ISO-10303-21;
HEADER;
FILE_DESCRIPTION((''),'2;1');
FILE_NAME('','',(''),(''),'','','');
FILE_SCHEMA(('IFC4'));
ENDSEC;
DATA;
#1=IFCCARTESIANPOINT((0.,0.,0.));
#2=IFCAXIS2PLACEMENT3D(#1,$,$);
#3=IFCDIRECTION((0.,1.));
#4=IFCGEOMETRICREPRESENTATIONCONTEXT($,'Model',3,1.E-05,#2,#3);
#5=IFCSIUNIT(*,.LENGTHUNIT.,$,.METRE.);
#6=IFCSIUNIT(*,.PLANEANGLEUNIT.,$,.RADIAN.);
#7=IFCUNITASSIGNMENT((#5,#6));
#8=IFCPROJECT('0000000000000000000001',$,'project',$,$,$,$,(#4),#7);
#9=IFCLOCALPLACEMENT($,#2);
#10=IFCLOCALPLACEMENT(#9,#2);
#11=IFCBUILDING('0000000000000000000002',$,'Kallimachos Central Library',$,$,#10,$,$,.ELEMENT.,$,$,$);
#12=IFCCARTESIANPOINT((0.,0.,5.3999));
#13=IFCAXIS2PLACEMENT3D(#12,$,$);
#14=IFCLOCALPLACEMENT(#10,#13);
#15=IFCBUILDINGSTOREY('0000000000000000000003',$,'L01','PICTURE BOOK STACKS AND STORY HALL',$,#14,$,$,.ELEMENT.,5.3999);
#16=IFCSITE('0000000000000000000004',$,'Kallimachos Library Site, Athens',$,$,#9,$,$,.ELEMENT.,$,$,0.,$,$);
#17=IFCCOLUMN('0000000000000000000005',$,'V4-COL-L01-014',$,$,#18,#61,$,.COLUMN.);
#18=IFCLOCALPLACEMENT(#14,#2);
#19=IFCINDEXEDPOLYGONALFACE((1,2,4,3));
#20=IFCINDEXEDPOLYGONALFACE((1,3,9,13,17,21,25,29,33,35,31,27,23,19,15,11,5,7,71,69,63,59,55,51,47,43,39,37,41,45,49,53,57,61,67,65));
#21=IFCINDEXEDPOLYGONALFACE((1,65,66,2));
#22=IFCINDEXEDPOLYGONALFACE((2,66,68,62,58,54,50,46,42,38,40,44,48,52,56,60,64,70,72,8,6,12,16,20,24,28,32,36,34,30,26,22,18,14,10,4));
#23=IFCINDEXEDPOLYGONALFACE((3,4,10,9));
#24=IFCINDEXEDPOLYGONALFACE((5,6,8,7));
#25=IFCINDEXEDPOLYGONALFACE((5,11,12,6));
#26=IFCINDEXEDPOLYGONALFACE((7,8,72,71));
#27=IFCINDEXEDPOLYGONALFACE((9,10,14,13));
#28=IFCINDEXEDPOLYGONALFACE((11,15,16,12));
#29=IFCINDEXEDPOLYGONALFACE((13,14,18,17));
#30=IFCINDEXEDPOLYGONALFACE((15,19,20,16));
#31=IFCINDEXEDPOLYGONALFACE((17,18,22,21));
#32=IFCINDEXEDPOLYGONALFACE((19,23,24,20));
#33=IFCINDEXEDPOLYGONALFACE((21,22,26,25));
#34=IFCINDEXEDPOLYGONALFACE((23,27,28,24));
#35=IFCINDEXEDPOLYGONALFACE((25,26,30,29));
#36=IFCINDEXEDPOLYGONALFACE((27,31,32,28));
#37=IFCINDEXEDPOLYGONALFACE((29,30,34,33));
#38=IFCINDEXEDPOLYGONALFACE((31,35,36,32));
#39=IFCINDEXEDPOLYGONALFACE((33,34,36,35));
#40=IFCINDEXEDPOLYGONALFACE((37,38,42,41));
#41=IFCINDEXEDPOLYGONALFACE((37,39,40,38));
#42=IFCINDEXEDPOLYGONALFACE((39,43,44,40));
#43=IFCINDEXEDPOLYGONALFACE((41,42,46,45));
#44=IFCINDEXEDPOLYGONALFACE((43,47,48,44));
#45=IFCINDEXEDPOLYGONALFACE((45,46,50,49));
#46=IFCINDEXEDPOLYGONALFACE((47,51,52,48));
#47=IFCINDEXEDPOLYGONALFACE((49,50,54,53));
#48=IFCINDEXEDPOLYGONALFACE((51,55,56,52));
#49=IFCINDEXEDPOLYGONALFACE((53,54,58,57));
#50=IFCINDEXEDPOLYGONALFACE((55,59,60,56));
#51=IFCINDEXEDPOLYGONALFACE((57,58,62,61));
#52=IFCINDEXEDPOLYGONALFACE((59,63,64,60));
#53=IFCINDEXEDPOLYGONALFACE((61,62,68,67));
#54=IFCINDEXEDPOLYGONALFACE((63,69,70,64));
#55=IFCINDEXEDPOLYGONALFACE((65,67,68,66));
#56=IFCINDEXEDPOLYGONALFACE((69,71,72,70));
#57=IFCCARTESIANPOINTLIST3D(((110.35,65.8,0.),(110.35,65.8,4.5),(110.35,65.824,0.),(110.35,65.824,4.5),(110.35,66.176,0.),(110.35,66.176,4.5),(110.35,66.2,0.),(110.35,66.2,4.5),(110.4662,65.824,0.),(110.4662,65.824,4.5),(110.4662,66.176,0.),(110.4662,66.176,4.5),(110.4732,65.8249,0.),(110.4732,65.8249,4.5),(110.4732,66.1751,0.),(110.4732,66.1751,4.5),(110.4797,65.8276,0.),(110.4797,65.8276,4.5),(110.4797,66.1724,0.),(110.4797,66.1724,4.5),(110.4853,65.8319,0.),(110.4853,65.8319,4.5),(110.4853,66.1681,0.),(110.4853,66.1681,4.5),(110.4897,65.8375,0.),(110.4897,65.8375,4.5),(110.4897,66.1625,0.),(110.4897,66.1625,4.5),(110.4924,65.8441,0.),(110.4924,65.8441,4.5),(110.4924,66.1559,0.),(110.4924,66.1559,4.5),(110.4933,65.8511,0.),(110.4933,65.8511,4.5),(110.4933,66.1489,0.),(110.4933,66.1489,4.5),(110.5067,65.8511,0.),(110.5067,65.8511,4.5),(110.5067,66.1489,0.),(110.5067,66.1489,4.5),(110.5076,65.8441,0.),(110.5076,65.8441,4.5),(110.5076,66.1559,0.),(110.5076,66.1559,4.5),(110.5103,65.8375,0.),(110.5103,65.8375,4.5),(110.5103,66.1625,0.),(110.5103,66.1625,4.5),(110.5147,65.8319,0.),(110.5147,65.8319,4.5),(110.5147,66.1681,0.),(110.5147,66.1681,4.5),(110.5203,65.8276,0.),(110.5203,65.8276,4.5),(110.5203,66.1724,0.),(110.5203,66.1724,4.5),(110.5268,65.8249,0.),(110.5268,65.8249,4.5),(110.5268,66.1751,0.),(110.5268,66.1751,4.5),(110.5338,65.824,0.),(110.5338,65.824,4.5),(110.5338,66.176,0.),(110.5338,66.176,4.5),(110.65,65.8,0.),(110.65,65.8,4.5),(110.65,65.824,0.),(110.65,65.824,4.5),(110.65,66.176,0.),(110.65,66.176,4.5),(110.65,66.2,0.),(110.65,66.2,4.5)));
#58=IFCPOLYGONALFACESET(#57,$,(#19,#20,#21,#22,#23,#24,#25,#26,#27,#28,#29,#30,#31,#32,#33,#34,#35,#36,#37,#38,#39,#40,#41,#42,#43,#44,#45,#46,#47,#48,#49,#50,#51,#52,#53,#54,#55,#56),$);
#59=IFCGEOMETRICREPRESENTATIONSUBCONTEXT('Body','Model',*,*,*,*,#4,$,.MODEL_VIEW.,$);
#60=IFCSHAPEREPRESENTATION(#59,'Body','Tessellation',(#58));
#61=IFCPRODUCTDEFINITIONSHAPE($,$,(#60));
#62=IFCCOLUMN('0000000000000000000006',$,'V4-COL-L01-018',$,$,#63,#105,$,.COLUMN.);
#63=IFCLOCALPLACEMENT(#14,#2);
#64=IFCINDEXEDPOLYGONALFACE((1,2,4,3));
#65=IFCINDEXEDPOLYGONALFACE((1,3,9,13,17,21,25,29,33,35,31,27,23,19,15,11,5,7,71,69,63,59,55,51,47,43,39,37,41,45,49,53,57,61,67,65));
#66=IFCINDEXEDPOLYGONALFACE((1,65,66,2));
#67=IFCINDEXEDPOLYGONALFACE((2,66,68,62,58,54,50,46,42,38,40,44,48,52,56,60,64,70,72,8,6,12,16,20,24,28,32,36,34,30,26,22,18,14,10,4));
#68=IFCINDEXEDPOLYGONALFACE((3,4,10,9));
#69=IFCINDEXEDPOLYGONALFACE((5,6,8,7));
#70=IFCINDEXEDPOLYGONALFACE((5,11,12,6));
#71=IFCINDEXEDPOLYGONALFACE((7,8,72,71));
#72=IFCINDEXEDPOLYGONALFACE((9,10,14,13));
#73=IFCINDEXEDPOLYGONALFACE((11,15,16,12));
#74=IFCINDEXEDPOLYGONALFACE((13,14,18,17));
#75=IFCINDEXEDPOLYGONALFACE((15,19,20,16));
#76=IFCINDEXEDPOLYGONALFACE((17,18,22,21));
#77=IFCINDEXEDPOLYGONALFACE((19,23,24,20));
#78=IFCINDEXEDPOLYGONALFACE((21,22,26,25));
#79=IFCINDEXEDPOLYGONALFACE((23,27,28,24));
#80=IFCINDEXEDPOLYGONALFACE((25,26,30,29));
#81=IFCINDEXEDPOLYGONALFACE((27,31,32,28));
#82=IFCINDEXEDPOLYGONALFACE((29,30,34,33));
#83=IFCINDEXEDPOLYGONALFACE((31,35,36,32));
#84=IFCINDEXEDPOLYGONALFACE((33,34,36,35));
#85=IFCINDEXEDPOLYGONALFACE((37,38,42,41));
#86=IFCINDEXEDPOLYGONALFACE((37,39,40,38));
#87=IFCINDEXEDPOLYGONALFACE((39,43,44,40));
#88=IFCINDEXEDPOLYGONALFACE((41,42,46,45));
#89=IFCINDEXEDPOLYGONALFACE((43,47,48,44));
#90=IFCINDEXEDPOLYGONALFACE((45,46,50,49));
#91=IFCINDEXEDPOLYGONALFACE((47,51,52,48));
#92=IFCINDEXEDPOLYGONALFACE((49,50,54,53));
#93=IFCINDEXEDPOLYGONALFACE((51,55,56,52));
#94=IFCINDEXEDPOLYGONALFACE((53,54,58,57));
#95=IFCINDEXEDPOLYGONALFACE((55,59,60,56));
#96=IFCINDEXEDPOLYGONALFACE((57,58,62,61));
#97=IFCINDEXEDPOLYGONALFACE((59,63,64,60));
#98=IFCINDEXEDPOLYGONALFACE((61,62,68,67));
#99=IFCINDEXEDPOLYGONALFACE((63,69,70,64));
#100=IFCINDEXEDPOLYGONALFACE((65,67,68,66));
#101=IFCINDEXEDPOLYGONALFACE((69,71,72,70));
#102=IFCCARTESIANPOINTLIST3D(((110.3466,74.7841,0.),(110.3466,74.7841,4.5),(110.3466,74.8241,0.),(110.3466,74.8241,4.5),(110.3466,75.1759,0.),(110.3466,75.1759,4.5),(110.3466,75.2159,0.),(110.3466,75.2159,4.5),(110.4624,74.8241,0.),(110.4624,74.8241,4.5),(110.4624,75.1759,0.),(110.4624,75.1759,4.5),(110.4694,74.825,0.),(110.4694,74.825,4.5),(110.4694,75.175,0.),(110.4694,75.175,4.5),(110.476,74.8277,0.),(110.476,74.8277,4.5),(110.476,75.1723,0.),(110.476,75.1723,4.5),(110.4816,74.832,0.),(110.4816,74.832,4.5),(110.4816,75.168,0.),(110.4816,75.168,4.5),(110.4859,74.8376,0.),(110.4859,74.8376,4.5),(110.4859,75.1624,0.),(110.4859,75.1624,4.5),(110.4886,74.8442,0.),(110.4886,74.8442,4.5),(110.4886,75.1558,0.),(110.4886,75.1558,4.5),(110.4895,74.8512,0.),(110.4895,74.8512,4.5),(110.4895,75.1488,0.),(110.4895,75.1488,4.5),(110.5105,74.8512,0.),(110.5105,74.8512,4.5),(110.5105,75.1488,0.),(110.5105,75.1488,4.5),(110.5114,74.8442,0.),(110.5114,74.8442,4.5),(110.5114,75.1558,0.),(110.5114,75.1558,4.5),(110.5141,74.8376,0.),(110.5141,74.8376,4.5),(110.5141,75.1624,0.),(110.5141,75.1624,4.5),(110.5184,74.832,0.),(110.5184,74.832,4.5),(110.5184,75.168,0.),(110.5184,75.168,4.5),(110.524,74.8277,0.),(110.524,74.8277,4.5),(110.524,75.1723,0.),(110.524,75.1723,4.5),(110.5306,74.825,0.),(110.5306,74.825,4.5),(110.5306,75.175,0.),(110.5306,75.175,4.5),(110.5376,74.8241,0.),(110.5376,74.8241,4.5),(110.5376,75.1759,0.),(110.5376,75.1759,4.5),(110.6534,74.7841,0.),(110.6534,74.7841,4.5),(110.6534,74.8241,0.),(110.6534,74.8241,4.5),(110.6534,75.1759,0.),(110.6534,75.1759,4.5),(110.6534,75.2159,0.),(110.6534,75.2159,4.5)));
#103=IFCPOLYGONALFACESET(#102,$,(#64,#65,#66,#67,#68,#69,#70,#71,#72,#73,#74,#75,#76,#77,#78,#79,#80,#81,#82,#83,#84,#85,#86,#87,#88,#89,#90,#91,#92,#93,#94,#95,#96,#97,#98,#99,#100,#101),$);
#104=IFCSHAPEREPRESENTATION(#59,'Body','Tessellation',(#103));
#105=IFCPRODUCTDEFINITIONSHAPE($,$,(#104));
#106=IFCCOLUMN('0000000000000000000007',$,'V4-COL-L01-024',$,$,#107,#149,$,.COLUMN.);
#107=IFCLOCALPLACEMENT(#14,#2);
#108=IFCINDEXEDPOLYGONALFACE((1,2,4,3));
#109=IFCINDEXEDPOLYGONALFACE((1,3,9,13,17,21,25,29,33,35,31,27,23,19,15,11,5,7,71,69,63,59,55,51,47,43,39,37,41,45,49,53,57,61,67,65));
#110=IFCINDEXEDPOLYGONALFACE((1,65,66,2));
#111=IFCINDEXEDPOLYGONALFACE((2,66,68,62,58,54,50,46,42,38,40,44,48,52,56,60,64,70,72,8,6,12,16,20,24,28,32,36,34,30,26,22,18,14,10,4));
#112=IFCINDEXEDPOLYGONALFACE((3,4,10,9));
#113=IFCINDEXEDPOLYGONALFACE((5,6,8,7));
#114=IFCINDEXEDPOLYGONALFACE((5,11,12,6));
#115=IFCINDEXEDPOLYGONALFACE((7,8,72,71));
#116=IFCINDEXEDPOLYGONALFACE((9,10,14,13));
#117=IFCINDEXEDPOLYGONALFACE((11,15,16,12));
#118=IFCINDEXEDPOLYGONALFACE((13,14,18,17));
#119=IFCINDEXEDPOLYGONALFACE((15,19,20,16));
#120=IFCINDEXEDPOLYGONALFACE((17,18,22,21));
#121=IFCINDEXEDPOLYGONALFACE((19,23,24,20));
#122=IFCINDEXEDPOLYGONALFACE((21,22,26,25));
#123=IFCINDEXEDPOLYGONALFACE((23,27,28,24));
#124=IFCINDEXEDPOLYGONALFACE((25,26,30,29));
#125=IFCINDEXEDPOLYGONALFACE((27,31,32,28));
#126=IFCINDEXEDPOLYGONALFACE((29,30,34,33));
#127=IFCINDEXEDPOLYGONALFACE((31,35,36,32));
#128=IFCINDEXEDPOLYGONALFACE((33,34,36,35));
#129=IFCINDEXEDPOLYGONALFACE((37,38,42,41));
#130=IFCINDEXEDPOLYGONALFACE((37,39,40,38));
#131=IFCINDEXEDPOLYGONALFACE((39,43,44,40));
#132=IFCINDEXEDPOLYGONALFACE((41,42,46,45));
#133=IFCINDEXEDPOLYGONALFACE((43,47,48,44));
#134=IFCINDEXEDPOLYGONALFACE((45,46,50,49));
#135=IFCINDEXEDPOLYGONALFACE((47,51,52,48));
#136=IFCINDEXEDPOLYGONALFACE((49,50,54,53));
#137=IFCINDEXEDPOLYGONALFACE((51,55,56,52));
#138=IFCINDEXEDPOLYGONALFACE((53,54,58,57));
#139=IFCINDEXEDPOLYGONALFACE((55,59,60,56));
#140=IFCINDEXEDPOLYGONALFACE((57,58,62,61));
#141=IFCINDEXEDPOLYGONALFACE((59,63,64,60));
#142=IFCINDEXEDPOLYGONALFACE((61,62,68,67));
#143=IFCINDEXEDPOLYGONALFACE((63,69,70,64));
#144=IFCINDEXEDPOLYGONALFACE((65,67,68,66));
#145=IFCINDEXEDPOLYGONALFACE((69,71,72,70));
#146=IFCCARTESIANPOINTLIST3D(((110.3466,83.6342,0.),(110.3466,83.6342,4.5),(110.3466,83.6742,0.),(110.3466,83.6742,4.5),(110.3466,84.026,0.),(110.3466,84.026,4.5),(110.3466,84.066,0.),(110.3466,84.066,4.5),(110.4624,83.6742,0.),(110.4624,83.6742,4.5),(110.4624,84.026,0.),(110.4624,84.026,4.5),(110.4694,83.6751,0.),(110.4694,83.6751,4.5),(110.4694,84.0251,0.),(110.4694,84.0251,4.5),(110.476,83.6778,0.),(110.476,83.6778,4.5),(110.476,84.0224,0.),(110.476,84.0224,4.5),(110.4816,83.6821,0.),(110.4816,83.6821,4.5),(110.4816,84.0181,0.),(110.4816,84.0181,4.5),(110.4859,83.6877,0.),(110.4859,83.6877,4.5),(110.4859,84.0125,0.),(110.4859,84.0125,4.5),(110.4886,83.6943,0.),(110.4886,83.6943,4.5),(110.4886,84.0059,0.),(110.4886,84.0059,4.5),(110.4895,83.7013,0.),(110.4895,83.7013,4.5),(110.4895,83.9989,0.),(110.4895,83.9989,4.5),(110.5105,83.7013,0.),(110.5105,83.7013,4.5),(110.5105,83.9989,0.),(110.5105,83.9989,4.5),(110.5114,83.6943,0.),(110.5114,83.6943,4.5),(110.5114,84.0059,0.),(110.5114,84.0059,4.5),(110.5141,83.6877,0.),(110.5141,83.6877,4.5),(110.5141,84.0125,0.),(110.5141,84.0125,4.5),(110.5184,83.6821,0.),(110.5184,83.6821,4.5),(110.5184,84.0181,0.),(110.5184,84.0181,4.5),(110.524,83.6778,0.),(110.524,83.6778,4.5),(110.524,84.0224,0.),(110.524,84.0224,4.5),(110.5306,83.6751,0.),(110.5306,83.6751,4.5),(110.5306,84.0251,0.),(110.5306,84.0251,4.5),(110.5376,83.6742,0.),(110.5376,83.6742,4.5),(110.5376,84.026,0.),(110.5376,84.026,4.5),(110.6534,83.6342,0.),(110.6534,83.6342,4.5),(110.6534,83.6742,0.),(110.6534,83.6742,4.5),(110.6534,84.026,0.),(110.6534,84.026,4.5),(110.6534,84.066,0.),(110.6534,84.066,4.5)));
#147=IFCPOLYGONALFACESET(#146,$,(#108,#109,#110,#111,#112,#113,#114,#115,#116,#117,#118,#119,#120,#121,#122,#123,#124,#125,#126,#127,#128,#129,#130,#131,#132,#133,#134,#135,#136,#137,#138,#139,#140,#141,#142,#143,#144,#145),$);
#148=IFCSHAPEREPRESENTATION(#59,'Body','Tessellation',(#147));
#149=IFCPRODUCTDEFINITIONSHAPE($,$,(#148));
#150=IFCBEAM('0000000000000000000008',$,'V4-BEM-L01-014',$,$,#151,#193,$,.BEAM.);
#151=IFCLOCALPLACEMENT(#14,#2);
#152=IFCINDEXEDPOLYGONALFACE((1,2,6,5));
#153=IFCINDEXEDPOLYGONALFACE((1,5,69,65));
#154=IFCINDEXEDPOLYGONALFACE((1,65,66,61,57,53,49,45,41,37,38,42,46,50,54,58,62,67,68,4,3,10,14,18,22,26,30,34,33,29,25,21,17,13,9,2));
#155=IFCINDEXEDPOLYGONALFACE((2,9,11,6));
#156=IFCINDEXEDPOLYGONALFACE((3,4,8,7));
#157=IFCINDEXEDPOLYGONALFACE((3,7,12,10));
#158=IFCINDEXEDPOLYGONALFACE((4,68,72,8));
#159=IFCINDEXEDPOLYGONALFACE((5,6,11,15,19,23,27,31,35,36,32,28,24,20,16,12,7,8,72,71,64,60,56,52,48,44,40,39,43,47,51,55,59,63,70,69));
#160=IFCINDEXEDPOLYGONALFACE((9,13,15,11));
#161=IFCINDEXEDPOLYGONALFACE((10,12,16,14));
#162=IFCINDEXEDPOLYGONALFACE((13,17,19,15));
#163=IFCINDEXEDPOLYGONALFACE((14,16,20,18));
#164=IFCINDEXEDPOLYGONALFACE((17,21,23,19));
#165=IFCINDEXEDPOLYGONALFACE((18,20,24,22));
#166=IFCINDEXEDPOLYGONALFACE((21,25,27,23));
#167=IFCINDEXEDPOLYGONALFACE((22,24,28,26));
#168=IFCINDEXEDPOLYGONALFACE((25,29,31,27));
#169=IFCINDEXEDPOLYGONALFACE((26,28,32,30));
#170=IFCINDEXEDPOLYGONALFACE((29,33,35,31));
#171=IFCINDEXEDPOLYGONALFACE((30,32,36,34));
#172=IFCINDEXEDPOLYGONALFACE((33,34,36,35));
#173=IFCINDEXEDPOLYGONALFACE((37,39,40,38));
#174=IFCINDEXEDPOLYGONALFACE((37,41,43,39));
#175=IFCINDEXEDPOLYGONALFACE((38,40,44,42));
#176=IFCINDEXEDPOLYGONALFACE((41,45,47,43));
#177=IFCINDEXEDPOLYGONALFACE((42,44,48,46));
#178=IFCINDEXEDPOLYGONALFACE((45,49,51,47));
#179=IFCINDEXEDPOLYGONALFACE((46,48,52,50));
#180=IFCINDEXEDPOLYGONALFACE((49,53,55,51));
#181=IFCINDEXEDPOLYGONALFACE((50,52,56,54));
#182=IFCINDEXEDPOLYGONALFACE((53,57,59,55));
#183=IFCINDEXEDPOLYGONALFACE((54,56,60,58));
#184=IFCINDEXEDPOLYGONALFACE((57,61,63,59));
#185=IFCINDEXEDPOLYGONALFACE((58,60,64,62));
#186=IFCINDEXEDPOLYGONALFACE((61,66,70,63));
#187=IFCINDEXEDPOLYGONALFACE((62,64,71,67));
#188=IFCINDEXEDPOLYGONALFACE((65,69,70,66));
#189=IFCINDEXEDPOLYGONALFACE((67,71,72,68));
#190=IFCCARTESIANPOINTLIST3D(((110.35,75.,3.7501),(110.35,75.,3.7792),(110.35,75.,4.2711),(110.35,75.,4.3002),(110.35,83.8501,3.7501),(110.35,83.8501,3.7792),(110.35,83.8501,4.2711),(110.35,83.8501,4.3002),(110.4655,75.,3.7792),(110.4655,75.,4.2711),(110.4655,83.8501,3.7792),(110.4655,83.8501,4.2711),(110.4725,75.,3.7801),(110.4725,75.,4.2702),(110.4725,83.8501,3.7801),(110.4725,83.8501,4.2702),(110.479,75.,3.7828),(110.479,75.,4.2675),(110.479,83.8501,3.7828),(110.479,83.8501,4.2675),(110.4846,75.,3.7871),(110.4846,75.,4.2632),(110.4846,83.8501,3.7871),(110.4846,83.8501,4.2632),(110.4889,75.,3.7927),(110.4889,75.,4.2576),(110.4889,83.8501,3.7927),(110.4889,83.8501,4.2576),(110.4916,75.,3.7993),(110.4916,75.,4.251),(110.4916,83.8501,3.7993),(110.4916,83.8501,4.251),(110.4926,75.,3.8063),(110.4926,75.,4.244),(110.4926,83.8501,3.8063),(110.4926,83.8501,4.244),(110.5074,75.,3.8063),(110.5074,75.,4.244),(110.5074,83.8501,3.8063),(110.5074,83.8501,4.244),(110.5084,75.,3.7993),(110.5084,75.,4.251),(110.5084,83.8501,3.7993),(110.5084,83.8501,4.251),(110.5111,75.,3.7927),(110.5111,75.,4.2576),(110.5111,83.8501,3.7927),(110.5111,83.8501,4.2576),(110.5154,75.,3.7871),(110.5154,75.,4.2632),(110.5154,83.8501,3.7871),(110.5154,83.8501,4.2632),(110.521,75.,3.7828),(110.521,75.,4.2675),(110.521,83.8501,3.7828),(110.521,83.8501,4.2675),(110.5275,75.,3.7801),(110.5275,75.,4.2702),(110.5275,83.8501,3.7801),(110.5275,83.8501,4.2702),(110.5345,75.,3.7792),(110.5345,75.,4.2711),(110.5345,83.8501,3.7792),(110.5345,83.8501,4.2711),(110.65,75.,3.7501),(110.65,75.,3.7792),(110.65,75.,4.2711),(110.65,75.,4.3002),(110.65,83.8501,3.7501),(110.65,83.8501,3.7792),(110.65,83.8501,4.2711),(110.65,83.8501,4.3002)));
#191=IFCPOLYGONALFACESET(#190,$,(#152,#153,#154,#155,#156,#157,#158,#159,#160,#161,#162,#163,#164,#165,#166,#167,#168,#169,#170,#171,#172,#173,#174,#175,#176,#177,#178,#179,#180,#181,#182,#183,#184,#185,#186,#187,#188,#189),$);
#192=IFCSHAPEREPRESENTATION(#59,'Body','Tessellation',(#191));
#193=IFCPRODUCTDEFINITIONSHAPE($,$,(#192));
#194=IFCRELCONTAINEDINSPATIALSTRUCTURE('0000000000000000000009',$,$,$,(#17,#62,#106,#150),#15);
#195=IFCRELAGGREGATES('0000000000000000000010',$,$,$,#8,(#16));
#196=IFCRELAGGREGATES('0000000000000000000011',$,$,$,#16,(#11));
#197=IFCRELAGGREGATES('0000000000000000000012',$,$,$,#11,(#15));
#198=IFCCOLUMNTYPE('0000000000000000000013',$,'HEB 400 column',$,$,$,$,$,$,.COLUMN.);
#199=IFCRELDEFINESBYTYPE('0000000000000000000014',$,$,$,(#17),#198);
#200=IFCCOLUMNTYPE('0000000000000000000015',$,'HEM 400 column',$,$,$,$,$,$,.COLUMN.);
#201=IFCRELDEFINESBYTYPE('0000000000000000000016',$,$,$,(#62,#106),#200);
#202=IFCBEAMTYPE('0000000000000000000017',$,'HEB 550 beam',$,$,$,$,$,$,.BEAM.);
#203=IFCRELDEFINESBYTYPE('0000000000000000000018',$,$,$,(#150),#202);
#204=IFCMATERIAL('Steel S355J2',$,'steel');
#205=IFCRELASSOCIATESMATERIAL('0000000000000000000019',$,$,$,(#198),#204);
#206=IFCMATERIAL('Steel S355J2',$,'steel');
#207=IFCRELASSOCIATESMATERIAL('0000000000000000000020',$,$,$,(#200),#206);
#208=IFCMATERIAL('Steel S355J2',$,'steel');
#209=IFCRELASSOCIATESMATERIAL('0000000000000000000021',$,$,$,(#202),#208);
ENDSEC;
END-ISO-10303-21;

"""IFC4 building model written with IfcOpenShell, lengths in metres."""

from ifc_helpers import new_model, si_unit, direction, frame, origin, origin_2d, place, context, subcontext, project, spatial, i_section, extrude, material, material_profile, profile_set, type_object, element, save


model = new_model("IFC4")

# Units and contexts
model_context = context("Model", 3, precision=1e-05, world=origin(), true_north=direction((0.0, 1.0)))
body_context = subcontext(model_context, "Body", "Model", "MODEL_VIEW")
ifc_project = project(units=[si_unit("LENGTHUNIT", "METRE"), si_unit("PLANEANGLEUNIT", "RADIAN")], contexts=[model_context])

# Site, building, storey
site_placement = place(None, origin())
site = spatial("IfcSite", under=ifc_project, at=site_placement, Name="Kallimachos Library Site, Athens", CompositionType="ELEMENT", RefElevation=0.0)
building_placement = place(site_placement, origin())
building = spatial("IfcBuilding", under=site, at=building_placement, Name="Kallimachos Central Library", CompositionType="ELEMENT")
storey_placement = place(building_placement, frame((0.0, 0.0, 5.3999)))
storey = spatial("IfcBuildingStorey", under=building, at=storey_placement, Name="L01", Description="PICTURE BOOK STACKS AND STORY HALL", CompositionType="ELEMENT", Elevation=5.3999)

# Columns
ifc_material_1 = material(Name="Steel S355J2", Category="steel")
ifc_material_profile_1 = material_profile(ifc_material_1, i_section(OverallWidth=0.3, OverallDepth=0.3999, WebThickness=0.0134, FlangeThickness=0.0239, FilletRadius=0.0271, at=origin_2d()), Name="HEB 400")
ifc_profile_set_1 = profile_set([ifc_material_profile_1], Name="Steel S355J2")
column_type_1 = type_object("IfcColumnType", Name="HEB 400 column", PredefinedType="COLUMN", material=ifc_profile_set_1)
column_placement = place(storey_placement, frame((110.5, 66.0, 0.0), z_axis=(0.0, 0.0, 1.0), x_axis=(1.0, 0.0, 0.0)))
element("IfcColumn", 1, at=column_placement, inside=storey, type_object=column_type_1, Name="V4-COL-L01-014", PredefinedType="COLUMN", context=body_context, shape_type="SweptSolid", body=[
    extrude(i_section(OverallWidth=0.3, OverallDepth=0.3999, WebThickness=0.0134, FlangeThickness=0.0239, FilletRadius=0.0271, at=origin_2d()), origin(), (0.0, 0.0, 1.0), 4.5),
])
ifc_material_2 = material(Name="Steel S355J2", Category="steel")
ifc_material_profile_2 = material_profile(ifc_material_2, i_section(OverallWidth=0.3069, OverallDepth=0.4319, WebThickness=0.021, FlangeThickness=0.04, FilletRadius=0.0271, at=origin_2d()), Name="HEM 400")
ifc_profile_set_2 = profile_set([ifc_material_profile_2], Name="Steel S355J2")
column_type_2 = type_object("IfcColumnType", Name="HEM 400 column", PredefinedType="COLUMN", material=ifc_profile_set_2)
for number, where, z_axis, x_axis, name in (
    (2, (110.5, 75.0, 0.0), (0.0, 0.0, 1.0), (1.0, 0.0, 0.0), "V4-COL-L01-018"),
    (3, (110.5, 83.8501, 0.0), (0.0, 0.0, 1.0), (1.0, 0.0, 0.0), "V4-COL-L01-024"),
):
    element("IfcColumn", number, at=place(storey_placement, frame(where, z_axis=z_axis, x_axis=x_axis)), inside=storey, type_object=column_type_2, Name=name, PredefinedType="COLUMN", context=body_context, shape_type="SweptSolid", body=[
        extrude(i_section(OverallWidth=0.3069, OverallDepth=0.4319, WebThickness=0.021, FlangeThickness=0.04, FilletRadius=0.0271, at=origin_2d()), origin(), (0.0, 0.0, 1.0), 4.5),
    ])

# Beam
ifc_material_3 = material(Name="Steel S355J2", Category="steel")
ifc_material_profile_3 = material_profile(ifc_material_3, i_section(OverallWidth=0.3, OverallDepth=0.55, WebThickness=0.0149, FlangeThickness=0.0291, FilletRadius=0.0271, at=origin_2d()), Name="HEB 550")
ifc_profile_set_3 = profile_set([ifc_material_profile_3], Name="Steel S355J2")
beam_type = type_object("IfcBeamType", Name="HEB 550 beam", PredefinedType="BEAM", material=ifc_profile_set_3)
beam_1_placement = place(storey_placement, frame((110.5, 75.0, 4.0251), z_axis=(0.0, 1.0, 0.0), x_axis=(-1.0, 0.0, 0.0)))
element("IfcBeam", 4, at=beam_1_placement, inside=storey, type_object=beam_type, Name="V4-BEM-L01-014", PredefinedType="BEAM", context=body_context, shape_type="SweptSolid", body=[
    extrude(i_section(OverallWidth=0.3, OverallDepth=0.55, WebThickness=0.0149, FlangeThickness=0.0291, FilletRadius=0.0271, at=origin_2d()), origin(), (0.0, 0.0, 1.0), 8.8501),
])

save(model, "model.ifc")
